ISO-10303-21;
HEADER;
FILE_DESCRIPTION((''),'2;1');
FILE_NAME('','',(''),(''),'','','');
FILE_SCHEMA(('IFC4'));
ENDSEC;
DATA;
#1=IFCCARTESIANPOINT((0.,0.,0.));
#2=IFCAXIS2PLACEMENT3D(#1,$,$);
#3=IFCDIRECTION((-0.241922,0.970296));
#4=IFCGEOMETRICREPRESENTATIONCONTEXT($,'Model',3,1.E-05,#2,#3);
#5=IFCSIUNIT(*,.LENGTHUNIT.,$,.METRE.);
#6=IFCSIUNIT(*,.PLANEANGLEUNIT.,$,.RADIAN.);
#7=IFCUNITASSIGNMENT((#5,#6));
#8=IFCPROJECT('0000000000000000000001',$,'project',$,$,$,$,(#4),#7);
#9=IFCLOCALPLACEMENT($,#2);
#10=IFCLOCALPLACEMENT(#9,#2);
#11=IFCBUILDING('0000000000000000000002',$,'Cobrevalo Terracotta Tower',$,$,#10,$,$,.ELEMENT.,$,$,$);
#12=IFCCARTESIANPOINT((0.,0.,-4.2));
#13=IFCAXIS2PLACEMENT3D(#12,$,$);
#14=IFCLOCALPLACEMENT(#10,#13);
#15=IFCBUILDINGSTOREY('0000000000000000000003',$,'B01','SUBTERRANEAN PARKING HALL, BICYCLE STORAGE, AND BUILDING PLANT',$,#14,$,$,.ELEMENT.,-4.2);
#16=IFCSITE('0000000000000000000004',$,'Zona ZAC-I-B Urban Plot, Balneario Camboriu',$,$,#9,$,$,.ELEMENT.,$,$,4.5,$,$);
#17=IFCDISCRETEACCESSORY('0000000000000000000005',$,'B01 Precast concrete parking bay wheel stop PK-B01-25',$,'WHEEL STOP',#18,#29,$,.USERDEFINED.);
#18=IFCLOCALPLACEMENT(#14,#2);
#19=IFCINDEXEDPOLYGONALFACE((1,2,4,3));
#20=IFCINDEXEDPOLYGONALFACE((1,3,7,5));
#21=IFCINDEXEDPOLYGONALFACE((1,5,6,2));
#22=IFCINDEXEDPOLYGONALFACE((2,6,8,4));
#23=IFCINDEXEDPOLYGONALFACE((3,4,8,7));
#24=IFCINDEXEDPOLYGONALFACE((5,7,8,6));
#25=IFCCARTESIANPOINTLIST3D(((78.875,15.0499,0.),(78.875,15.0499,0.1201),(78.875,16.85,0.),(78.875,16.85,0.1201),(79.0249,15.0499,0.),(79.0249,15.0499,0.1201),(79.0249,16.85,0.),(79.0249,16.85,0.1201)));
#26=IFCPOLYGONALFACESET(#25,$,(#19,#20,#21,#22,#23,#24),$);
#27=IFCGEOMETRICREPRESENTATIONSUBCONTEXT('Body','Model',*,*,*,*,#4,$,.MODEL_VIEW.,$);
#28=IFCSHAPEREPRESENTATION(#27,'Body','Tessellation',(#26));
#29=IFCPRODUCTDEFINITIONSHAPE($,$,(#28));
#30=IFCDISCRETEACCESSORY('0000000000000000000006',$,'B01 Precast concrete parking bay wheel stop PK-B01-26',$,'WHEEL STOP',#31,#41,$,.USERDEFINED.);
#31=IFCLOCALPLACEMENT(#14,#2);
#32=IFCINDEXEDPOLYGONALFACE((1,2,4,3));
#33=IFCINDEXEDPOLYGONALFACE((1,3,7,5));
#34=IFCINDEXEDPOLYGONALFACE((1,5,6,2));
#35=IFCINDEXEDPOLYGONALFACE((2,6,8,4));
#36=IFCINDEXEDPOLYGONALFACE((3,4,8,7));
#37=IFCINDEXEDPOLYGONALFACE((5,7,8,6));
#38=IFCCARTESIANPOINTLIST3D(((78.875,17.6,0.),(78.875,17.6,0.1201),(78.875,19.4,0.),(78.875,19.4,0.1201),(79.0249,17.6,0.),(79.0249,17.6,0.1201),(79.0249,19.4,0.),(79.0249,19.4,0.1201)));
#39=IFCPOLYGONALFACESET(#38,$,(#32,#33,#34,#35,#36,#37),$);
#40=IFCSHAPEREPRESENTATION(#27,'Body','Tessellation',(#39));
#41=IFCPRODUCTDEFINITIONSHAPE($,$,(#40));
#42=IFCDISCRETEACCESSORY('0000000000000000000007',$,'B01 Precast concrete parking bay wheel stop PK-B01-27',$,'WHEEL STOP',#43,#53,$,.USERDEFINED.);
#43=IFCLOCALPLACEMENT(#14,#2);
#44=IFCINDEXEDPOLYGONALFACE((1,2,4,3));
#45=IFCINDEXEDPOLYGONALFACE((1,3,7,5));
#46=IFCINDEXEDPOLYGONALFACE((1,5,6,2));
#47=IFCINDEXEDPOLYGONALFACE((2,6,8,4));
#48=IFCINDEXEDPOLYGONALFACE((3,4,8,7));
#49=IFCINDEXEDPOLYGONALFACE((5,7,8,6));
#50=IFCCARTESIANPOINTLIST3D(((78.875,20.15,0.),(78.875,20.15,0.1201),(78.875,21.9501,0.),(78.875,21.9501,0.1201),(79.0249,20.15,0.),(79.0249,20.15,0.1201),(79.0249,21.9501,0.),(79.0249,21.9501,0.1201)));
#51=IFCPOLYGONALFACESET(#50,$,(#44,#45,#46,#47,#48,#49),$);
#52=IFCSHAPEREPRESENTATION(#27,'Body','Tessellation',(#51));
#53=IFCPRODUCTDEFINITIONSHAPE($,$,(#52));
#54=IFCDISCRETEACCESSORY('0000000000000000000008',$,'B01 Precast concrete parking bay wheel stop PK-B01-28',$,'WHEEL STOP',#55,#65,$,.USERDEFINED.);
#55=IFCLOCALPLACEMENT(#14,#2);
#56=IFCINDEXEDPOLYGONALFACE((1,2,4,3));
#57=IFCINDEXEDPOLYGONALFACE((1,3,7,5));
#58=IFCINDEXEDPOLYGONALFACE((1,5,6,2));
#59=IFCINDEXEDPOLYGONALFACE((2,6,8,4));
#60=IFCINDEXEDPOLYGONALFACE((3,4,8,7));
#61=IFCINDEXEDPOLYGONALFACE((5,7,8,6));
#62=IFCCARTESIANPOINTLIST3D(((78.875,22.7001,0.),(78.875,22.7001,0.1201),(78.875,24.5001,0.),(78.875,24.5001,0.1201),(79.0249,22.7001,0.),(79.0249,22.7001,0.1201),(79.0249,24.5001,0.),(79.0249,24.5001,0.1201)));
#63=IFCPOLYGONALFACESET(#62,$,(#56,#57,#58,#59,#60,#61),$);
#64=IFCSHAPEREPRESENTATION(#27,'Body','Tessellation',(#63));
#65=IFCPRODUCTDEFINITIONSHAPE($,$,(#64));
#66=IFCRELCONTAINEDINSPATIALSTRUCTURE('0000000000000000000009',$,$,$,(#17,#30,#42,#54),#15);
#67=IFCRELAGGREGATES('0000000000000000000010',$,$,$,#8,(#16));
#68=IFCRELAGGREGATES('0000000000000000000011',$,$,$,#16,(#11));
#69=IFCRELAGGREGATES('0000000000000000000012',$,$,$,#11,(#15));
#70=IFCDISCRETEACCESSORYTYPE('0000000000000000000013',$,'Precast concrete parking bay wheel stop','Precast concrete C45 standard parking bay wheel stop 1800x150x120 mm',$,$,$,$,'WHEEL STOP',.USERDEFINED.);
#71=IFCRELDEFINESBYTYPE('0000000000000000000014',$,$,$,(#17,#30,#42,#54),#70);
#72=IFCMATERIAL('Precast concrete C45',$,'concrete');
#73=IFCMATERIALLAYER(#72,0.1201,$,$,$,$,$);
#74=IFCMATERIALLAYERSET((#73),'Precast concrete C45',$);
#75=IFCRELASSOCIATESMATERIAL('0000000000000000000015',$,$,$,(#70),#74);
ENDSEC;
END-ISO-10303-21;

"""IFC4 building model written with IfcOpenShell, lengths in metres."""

from ifc_helpers import new_model, si_unit, direction, frame, origin, origin_2d, place, context, subcontext, project, spatial, rectangle, extrude, source, transform, mapped, material, layer, layer_set, type_object, element, save


model = new_model("IFC4")

# Units and contexts
model_context = context("Model", 3, precision=1e-05, world=origin(), true_north=direction((-0.241922, 0.970296)))
body_context = subcontext(model_context, "Body", "Model", "MODEL_VIEW")
ifc_project = project(units=[si_unit("LENGTHUNIT", "METRE"), si_unit("PLANEANGLEUNIT", "RADIAN")], contexts=[model_context])

# Site, building, storey
site_placement = place(None, origin())
site = spatial("IfcSite", under=ifc_project, at=site_placement, Name="Zona ZAC-I-B Urban Plot, Balneario Camboriu", CompositionType="ELEMENT", RefElevation=4.5)
building_placement = place(site_placement, origin())
building = spatial("IfcBuilding", under=site, at=building_placement, Name="Cobrevalo Terracotta Tower", CompositionType="ELEMENT")
storey_placement = place(building_placement, frame((0.0, 0.0, -4.2)))
storey = spatial("IfcBuildingStorey", under=building, at=storey_placement, Name="B01", Description="SUBTERRANEAN PARKING HALL, BICYCLE STORAGE, AND BUILDING PLANT", CompositionType="ELEMENT", Elevation=-4.2)

# Discrete accessories
ifc_material_1 = material(Name="Precast concrete C45", Category="concrete")
ifc_layer_1 = layer(ifc_material_1, 0.1201)
ifc_layer_set_1 = layer_set([ifc_layer_1], Name="Precast concrete C45")
discrete_accessory_type = type_object("IfcDiscreteAccessoryType", Name="Precast concrete parking bay wheel stop", Description="Precast concrete C45 standard parking bay wheel stop 1800x150x120 mm", ElementType="WHEEL STOP", PredefinedType="USERDEFINED", material=ifc_layer_set_1)
shared_shape = source(origin(), body_context, "Body", "SweptSolid", [
    extrude(rectangle(XDim=1.8, YDim=0.1499, at=origin_2d()), origin(), (0.0, 0.0, 1.0), 0.1201),
])
for number, where, z_axis, x_axis, name in (
    (1, (78.95, 15.95, 0.0), (0.0, 0.0, 1.0), (0.0, 1.0, 0.0), "B01 Precast concrete parking bay wheel stop PK-B01-25"),
    (2, (78.95, 18.5, 0.0), (0.0, 0.0, 1.0), (0.0, 1.0, 0.0), "B01 Precast concrete parking bay wheel stop PK-B01-26"),
    (3, (78.95, 21.05, 0.0), (0.0, 0.0, 1.0), (0.0, 1.0, 0.0), "B01 Precast concrete parking bay wheel stop PK-B01-27"),
    (4, (78.95, 23.6001, 0.0), (0.0, 0.0, 1.0), (0.0, 1.0, 0.0), "B01 Precast concrete parking bay wheel stop PK-B01-28"),
):
    element("IfcDiscreteAccessory", number, at=place(storey_placement, frame(where, z_axis=z_axis, x_axis=x_axis)), inside=storey, type_object=discrete_accessory_type, Name=name, ObjectType="WHEEL STOP", PredefinedType="USERDEFINED", context=body_context, shape_type="MappedRepresentation", body=[
        mapped(shared_shape, transform((0.0, 0.0, 0.0), scale=1.0)),
    ])

save(model, "model.ifc")
